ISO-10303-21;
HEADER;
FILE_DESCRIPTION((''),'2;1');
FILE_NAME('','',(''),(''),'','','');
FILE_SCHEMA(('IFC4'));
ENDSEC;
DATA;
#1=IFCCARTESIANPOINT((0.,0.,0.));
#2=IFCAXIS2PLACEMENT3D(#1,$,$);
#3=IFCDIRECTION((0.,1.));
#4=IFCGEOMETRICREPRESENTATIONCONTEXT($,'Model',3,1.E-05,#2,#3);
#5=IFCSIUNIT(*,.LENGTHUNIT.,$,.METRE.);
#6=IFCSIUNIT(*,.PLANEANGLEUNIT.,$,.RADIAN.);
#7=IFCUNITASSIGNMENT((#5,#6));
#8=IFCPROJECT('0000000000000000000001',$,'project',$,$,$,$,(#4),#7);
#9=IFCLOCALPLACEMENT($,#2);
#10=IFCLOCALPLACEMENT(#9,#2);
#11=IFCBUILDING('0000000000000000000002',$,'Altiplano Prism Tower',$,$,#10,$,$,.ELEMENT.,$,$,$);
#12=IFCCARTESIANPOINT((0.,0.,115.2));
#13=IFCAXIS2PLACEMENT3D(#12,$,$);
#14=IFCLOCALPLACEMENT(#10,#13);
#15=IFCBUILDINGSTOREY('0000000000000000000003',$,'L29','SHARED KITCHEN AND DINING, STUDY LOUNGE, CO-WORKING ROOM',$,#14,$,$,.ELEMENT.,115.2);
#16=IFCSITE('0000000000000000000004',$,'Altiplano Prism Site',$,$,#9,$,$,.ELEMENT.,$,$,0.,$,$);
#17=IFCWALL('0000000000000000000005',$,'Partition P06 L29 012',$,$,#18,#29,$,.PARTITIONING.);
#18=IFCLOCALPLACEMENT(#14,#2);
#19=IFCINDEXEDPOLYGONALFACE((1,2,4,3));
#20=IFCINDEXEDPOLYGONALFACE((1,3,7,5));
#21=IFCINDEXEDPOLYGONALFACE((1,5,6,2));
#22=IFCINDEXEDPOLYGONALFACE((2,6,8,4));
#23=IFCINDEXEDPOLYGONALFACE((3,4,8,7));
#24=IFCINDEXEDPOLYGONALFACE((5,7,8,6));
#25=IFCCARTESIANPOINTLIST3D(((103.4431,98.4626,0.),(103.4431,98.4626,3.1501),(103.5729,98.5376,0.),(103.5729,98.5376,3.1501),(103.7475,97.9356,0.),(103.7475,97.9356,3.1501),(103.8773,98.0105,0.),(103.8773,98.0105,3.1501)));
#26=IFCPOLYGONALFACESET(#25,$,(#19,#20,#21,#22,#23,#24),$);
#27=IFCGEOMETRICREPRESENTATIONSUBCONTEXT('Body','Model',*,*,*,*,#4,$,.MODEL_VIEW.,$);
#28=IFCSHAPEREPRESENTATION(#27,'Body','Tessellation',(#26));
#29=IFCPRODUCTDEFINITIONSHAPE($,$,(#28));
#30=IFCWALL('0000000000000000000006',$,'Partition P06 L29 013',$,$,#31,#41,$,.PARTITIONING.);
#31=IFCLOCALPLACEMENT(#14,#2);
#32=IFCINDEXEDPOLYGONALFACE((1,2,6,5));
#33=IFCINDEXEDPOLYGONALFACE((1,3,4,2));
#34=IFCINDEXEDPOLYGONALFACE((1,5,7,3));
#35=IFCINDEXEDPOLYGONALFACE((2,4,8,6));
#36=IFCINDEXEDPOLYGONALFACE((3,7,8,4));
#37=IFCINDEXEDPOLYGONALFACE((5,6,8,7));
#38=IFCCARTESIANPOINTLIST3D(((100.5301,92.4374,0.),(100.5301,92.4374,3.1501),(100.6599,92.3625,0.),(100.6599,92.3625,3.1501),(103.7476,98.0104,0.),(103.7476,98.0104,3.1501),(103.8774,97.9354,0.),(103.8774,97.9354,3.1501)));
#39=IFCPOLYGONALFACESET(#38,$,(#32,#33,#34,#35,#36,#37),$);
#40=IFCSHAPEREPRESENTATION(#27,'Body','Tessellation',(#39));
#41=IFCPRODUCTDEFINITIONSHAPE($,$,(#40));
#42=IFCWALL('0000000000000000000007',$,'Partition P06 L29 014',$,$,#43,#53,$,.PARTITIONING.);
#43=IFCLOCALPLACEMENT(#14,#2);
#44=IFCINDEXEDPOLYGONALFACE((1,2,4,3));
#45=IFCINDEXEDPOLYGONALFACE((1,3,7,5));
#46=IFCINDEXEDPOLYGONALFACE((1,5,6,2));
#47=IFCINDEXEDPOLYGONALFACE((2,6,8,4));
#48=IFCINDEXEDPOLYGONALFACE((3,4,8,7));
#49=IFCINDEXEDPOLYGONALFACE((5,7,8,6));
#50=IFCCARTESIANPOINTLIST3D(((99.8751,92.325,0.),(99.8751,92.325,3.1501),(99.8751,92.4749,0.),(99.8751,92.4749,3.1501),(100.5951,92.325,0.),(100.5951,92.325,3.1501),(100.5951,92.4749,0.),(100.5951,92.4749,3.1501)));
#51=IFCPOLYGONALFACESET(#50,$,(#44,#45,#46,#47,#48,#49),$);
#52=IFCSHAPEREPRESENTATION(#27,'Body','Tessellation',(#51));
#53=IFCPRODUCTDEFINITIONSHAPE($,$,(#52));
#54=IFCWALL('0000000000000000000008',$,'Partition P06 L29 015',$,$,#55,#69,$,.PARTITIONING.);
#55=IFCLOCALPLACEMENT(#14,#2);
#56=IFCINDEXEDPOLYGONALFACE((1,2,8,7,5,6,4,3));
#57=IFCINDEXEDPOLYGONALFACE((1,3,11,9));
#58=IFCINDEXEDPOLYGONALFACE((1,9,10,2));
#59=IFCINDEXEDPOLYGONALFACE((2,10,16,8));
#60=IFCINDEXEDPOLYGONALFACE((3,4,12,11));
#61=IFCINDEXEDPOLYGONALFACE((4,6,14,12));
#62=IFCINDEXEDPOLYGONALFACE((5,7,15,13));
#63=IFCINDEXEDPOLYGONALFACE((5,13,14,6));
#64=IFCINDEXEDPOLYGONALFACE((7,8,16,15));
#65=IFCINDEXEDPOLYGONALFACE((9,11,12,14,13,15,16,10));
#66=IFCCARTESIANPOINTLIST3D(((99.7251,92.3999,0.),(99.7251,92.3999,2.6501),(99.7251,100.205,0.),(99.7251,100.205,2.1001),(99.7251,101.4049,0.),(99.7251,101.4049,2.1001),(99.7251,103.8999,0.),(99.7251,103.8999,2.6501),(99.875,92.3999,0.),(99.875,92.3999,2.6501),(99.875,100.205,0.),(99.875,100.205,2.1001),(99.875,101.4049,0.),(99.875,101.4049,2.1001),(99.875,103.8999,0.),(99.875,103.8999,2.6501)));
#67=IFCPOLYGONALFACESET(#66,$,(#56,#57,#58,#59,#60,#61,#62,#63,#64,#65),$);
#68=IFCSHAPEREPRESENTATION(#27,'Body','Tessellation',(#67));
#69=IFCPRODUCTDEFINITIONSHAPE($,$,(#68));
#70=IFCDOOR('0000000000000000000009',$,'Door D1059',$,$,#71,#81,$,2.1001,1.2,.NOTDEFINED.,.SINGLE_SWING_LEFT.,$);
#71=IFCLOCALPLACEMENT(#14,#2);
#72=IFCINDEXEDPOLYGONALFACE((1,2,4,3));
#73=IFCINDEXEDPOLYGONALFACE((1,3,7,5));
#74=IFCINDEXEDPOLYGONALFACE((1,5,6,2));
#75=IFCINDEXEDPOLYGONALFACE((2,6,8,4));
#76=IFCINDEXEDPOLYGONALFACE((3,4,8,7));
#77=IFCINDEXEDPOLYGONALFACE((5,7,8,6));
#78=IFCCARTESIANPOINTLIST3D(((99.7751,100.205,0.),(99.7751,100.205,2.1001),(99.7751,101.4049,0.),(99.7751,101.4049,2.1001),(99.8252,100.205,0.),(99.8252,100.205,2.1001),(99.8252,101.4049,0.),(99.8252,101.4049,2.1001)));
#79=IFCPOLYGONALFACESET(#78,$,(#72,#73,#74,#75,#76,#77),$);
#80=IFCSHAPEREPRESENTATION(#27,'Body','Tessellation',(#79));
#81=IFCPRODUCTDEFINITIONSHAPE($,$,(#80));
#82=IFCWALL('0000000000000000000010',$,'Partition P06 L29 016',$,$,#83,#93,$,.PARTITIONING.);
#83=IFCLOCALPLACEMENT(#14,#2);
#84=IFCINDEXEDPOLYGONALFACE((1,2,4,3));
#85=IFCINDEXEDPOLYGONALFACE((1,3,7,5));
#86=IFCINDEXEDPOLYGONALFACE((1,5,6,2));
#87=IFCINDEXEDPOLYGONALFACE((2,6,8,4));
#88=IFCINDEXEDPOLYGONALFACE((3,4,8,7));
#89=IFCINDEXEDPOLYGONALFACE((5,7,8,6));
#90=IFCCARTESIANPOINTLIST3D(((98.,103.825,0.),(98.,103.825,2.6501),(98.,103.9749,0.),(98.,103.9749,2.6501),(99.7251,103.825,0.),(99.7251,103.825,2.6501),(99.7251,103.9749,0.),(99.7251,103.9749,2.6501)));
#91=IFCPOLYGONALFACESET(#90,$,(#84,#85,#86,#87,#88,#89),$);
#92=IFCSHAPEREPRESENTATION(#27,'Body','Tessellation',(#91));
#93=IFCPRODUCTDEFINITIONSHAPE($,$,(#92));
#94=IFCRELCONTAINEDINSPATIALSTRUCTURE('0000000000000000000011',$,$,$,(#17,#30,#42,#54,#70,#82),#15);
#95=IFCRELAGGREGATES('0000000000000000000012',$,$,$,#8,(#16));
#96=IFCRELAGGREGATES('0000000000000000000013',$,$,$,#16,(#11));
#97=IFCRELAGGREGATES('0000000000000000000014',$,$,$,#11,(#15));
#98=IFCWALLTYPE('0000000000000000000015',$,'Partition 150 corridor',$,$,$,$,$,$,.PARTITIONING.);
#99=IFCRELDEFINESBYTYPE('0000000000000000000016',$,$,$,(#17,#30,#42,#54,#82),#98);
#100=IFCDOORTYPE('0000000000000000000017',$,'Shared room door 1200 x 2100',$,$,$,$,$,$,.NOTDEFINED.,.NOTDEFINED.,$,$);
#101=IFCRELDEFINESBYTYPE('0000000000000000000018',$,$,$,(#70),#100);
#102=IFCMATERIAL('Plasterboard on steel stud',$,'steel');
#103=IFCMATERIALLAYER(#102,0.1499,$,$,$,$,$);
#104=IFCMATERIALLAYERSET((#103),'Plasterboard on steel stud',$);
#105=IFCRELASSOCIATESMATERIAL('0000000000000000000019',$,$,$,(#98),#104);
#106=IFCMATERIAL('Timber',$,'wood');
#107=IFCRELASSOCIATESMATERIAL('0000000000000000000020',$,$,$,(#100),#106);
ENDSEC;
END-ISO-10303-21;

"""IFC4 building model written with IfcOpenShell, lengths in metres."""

from ifc_helpers import new_model, si_unit, direction, frame, frame_2d, origin, place, context, subcontext, project, spatial, rectangle, extrude, material, layer, layer_set, type_object, element, fill, save


model = new_model("IFC4")

# Units and contexts
model_context = context("Model", 3, precision=1e-05, world=origin(), true_north=direction((0.0, 1.0)))
body_context = subcontext(model_context, "Body", "Model", "MODEL_VIEW")
ifc_project = project(units=[si_unit("LENGTHUNIT", "METRE"), si_unit("PLANEANGLEUNIT", "RADIAN")], contexts=[model_context])

# Site, building, storey
site_placement = place(None, origin())
site = spatial("IfcSite", under=ifc_project, at=site_placement, Name="Altiplano Prism Site", CompositionType="ELEMENT", RefElevation=0.0)
building_placement = place(site_placement, origin())
building = spatial("IfcBuilding", under=site, at=building_placement, Name="Altiplano Prism Tower", CompositionType="ELEMENT")
storey_placement = place(building_placement, frame((0.0, 0.0, 115.2)))
storey = spatial("IfcBuildingStorey", under=building, at=storey_placement, Name="L29", Description="SHARED KITCHEN AND DINING, STUDY LOUNGE, CO-WORKING ROOM", CompositionType="ELEMENT", Elevation=115.2)

# Shared definitions
ifc_material_1 = material(Name="Plasterboard on steel stud", Category="steel")
ifc_layer_1 = layer(ifc_material_1, 0.1499)
ifc_layer_set_1 = layer_set([ifc_layer_1], Name="Plasterboard on steel stud")
wall_type_1 = type_object("IfcWallType", Name="Partition 150 corridor", PredefinedType="PARTITIONING", material=ifc_layer_set_1)
ifc_material_2 = material(Name="Timber", Category="wood")

# Walls
wall_1_placement = place(storey_placement, frame((103.5081, 98.5, 0.0), z_axis=(0.0, 0.0, 1.0), x_axis=(0.500151, -0.865938, 0.0)))
element("IfcWall", 1, at=wall_1_placement, inside=storey, type_object=wall_type_1, Name="Partition P06 L29 012", PredefinedType="PARTITIONING", context=body_context, shape_type="SweptSolid", body=[
    extrude(rectangle(XDim=0.6086, YDim=0.1499, at=frame_2d((0.3042, 0.0))), origin(), (0.0, 0.0, 1.0), 3.1501),
])
wall_2_placement = place(storey_placement, frame((103.8125, 97.9729, 0.0), z_axis=(0.0, 0.0, 1.0), x_axis=(-0.499995, -0.866028, 0.0)))
element("IfcWall", 2, at=wall_2_placement, inside=storey, type_object=wall_type_1, Name="Partition P06 L29 013", PredefinedType="PARTITIONING", context=body_context, shape_type="SweptSolid", body=[
    extrude(rectangle(XDim=6.4351, YDim=0.1499, at=frame_2d((3.2175, 0.0))), origin(), (0.0, 0.0, 1.0), 3.1501),
])
wall_3_placement = place(storey_placement, frame((100.595, 92.3999, 0.0), z_axis=(0.0, 0.0, 1.0), x_axis=(-1.0, 0.0, 0.0)))
element("IfcWall", 3, at=wall_3_placement, inside=storey, type_object=wall_type_1, Name="Partition P06 L29 014", PredefinedType="PARTITIONING", context=body_context, shape_type="SweptSolid", body=[
    extrude(rectangle(XDim=0.72, YDim=0.1499, at=frame_2d((0.3599, 0.0))), origin(), (0.0, 0.0, 1.0), 3.1501),
])

# Wall, opening, door
wall_4_placement = place(storey_placement, frame((99.8, 92.3999, 0.0), z_axis=(0.0, 0.0, 1.0), x_axis=(0.0, 1.0, 0.0)))
wall_4 = element("IfcWall", 4, at=wall_4_placement, inside=storey, type_object=wall_type_1, Name="Partition P06 L29 015", PredefinedType="PARTITIONING", context=body_context, shape_type="SweptSolid", body=[
    extrude(rectangle(XDim=11.5, YDim=0.1499, at=frame_2d((5.75, 0.0))), origin(), (0.0, 0.0, 1.0), 2.6501),
])
opening_1_placement = place(wall_4_placement, frame((7.8049, 0.0, 0.0)))
opening_1 = element("IfcOpeningElement", 5, at=opening_1_placement, cuts=wall_4, PredefinedType="OPENING", context=body_context, shape_type="SweptSolid", body=[
    extrude(rectangle(XDim=1.2, YDim=2.1001, at=frame_2d((0.6001, 1.05))), frame((0.0, 0.0854, 0.0), z_axis=(0.0, -1.0, 0.0), x_axis=(1.0, 0.0, 0.0)), (0.0, 0.0, 1.0), 0.1709),
])
door_type_1 = type_object("IfcDoorType", Name="Shared room door 1200 x 2100", OperationType="NOTDEFINED", PredefinedType="NOTDEFINED", material=ifc_material_2)
door_1_placement = place(opening_1_placement, origin())
door_1 = element("IfcDoor", 6, at=door_1_placement, inside=storey, type_object=door_type_1, Name="Door D1059", OperationType="SINGLE_SWING_LEFT", OverallHeight=2.1001, OverallWidth=1.2, PredefinedType="NOTDEFINED", context=body_context, shape_type="SweptSolid", body=[
    extrude(rectangle(XDim=1.2, YDim=2.1001, at=frame_2d((0.6001, 1.05))), frame((0.0, 0.0249, 0.0), z_axis=(0.0, -1.0, 0.0), x_axis=(1.0, 0.0, 0.0)), (0.0, 0.0, 1.0), 0.05),
])
fill(opening_1, door_1)

# Wall
wall_5_placement = place(storey_placement, frame((99.7251, 103.8999, 0.0), z_axis=(0.0, 0.0, 1.0), x_axis=(-1.0, 0.0, 0.0)))
element("IfcWall", 7, at=wall_5_placement, inside=storey, type_object=wall_type_1, Name="Partition P06 L29 016", PredefinedType="PARTITIONING", context=body_context, shape_type="SweptSolid", body=[
    extrude(rectangle(XDim=1.7251, YDim=0.1499, at=frame_2d((0.8625, 0.0))), origin(), (0.0, 0.0, 1.0), 2.6501),
])

save(model, "model.ifc")
